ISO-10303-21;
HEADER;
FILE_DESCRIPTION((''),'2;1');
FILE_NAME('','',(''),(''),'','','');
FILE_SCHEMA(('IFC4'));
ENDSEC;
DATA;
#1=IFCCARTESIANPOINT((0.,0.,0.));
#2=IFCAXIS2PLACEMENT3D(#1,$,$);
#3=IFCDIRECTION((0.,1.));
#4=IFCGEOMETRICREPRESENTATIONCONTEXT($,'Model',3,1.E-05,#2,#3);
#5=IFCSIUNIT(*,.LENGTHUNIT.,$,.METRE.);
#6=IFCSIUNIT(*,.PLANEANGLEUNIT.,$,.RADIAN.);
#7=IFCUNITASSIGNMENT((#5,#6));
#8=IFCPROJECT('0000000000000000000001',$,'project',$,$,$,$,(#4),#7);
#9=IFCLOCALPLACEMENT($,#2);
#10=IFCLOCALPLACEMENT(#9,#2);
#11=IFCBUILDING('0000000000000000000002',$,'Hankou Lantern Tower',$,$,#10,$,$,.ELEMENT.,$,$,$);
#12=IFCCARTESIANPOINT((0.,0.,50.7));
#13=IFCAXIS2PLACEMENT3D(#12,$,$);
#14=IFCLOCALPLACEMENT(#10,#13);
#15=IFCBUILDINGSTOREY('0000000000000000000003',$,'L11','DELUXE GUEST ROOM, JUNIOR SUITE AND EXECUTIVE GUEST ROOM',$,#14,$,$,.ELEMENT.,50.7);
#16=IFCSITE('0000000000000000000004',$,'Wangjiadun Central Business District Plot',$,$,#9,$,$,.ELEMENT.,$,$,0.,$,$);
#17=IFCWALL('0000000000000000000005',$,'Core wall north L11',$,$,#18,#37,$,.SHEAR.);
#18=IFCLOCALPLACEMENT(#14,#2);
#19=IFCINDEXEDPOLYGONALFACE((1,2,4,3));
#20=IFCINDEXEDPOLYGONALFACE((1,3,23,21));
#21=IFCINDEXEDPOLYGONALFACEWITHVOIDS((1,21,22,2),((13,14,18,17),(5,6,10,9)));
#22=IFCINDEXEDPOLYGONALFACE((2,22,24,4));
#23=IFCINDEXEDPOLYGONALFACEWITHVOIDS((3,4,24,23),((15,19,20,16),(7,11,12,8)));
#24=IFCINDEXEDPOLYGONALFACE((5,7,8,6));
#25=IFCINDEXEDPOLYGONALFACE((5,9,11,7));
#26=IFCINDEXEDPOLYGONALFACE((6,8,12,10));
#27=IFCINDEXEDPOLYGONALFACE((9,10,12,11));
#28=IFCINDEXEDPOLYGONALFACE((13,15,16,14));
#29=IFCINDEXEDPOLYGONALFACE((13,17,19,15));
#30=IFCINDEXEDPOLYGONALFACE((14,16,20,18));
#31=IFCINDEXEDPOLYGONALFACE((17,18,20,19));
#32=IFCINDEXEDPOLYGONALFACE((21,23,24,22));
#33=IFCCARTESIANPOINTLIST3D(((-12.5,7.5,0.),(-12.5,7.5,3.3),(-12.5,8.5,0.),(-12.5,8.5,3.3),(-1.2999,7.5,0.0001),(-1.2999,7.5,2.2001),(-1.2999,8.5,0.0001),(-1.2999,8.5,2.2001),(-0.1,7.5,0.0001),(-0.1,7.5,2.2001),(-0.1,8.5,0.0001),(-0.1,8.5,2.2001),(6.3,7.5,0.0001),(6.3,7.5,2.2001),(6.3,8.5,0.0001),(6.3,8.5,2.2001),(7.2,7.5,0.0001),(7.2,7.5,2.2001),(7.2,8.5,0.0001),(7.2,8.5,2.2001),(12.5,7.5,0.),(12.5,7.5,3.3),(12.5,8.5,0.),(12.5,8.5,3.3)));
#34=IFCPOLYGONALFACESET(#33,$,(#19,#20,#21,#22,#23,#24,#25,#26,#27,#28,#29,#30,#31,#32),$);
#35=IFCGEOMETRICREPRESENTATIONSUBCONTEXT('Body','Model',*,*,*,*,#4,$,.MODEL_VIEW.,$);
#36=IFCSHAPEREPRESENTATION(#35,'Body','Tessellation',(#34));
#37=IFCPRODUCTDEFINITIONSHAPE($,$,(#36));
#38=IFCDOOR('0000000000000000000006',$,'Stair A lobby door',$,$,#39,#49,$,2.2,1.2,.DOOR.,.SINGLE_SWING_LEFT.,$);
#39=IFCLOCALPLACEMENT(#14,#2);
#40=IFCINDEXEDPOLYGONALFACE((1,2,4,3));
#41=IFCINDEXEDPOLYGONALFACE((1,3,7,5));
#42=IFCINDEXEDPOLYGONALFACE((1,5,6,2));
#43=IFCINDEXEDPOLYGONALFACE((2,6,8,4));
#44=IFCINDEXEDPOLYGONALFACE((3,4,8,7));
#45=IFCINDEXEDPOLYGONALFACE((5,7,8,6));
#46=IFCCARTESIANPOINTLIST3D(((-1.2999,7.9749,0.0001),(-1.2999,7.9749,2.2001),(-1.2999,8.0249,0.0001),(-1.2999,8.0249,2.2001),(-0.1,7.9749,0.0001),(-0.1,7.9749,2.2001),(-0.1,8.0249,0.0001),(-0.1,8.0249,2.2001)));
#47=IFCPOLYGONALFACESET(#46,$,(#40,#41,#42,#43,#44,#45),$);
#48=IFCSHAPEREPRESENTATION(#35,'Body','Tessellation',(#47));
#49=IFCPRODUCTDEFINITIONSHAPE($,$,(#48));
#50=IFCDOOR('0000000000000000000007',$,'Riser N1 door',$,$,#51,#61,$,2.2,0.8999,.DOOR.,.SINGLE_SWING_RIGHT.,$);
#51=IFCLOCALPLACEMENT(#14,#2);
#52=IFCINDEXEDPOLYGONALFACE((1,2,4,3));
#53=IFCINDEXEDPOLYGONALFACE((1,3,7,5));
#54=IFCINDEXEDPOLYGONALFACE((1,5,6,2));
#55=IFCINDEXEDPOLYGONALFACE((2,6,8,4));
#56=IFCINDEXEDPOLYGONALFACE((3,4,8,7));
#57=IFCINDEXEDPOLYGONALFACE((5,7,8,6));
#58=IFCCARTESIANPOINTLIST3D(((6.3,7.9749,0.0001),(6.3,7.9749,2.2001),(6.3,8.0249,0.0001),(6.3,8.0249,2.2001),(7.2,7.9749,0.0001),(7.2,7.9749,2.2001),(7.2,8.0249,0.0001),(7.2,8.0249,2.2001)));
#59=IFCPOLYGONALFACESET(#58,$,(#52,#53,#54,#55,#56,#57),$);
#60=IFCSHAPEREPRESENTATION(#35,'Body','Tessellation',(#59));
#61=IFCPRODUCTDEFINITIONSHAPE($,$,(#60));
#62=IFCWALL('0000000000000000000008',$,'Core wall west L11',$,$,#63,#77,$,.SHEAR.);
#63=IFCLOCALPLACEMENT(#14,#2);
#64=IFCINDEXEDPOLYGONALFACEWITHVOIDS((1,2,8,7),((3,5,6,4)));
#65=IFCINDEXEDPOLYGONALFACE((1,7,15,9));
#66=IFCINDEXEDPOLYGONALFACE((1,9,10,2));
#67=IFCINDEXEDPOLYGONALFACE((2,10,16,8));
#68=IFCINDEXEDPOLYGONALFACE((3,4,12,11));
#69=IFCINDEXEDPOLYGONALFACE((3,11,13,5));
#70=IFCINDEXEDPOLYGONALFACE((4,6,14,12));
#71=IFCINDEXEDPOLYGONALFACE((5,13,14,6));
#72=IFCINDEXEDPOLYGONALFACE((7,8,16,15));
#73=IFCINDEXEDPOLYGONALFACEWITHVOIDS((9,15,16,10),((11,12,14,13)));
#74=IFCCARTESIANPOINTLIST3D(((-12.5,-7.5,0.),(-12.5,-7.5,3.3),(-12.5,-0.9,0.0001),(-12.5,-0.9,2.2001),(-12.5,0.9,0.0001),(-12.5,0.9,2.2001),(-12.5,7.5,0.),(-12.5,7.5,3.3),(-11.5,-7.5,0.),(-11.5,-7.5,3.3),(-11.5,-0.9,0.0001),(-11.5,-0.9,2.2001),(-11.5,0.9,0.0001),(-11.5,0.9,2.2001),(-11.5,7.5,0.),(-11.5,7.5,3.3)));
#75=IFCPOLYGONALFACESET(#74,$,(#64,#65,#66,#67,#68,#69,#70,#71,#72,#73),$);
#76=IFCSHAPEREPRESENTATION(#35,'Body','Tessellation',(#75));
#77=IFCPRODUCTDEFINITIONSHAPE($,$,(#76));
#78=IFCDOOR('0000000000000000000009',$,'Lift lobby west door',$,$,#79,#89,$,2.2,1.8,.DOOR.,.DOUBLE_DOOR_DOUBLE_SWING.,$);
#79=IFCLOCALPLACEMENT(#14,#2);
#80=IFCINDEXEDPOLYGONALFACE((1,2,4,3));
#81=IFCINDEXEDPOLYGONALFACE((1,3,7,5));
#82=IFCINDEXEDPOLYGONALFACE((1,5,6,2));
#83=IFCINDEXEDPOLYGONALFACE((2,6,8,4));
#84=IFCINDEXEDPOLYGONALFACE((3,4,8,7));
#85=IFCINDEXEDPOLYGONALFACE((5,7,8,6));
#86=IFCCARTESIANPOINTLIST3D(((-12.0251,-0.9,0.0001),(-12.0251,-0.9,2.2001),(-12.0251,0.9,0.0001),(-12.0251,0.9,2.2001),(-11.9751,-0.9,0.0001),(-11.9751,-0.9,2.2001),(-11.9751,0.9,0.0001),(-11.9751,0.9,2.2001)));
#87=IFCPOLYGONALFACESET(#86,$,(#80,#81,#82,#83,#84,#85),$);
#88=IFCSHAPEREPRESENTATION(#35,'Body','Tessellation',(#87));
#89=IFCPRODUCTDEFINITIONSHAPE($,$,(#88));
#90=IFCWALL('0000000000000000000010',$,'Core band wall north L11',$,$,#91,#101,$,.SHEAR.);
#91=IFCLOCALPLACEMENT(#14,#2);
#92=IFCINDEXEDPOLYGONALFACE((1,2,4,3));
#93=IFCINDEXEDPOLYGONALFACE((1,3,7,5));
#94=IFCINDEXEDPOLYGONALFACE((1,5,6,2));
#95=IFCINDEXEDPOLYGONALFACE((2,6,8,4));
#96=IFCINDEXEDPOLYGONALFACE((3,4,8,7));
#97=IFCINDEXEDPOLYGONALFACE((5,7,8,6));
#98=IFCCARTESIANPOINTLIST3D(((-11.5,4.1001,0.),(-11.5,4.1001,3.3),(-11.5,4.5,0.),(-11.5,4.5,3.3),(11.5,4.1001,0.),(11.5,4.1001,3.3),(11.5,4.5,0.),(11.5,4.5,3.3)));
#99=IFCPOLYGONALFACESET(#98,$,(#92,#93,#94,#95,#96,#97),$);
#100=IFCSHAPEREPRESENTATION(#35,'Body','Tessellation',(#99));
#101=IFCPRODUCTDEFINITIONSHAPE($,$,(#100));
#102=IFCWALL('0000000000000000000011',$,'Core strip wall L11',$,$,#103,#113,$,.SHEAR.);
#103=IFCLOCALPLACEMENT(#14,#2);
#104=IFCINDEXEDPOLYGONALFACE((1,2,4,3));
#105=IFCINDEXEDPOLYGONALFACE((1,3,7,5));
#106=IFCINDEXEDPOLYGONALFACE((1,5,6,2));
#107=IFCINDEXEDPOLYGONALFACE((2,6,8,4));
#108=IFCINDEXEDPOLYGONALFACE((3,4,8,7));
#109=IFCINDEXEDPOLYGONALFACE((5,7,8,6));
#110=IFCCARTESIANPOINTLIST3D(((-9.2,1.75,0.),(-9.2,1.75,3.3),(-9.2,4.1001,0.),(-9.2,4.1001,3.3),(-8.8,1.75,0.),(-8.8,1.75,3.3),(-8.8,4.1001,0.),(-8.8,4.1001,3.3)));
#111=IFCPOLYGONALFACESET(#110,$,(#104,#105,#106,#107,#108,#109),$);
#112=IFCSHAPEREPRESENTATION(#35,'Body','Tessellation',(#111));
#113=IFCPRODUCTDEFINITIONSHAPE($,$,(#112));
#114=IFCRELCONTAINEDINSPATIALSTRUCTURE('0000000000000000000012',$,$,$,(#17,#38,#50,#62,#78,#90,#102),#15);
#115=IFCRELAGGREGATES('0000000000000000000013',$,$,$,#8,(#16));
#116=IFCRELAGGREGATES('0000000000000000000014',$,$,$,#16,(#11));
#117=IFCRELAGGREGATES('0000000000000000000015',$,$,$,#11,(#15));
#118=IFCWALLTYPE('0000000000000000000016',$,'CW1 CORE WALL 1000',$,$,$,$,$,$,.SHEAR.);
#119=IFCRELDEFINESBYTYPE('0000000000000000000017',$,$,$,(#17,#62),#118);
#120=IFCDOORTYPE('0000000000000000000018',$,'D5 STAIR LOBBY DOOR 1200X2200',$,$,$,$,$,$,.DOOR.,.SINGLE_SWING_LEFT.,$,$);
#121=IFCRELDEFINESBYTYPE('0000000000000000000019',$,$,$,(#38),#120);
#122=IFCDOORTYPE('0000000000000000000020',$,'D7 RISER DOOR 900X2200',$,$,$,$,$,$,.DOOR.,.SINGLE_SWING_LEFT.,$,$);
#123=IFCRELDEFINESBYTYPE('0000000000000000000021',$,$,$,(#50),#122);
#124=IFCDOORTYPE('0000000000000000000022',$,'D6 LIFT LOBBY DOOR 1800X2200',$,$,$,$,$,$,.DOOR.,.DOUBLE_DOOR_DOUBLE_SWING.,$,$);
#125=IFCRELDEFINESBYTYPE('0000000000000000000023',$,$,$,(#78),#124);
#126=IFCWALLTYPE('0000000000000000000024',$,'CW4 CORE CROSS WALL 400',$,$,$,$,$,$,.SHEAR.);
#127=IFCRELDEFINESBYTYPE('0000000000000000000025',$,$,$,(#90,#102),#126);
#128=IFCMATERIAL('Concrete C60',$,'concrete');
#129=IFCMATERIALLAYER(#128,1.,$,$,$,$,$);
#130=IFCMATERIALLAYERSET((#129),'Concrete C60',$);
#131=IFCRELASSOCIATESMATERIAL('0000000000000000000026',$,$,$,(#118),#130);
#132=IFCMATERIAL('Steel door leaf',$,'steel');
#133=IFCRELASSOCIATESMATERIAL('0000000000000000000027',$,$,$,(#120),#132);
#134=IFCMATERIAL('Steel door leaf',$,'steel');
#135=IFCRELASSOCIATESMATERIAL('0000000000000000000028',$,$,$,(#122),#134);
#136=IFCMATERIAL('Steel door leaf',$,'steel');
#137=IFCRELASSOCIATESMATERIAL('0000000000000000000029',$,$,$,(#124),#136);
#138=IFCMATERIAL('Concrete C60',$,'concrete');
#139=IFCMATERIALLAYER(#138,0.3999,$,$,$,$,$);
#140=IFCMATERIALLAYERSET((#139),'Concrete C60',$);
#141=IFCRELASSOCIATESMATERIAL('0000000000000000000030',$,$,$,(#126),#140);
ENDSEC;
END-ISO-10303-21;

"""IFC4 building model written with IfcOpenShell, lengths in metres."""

from ifc_helpers import new_model, si_unit, direction, frame, frame_2d, origin, place, context, subcontext, project, spatial, rectangle, extrude, material, layer, layer_set, type_object, element, fill, save


model = new_model("IFC4")

# Units and contexts
model_context = context("Model", 3, precision=1e-05, world=origin(), true_north=direction((0.0, 1.0)))
body_context = subcontext(model_context, "Body", "Model", "MODEL_VIEW")
ifc_project = project(units=[si_unit("LENGTHUNIT", "METRE"), si_unit("PLANEANGLEUNIT", "RADIAN")], contexts=[model_context])

# Site, building, storey
site_placement = place(None, origin())
site = spatial("IfcSite", under=ifc_project, at=site_placement, Name="Wangjiadun Central Business District Plot", CompositionType="ELEMENT", RefElevation=0.0)
building_placement = place(site_placement, origin())
building = spatial("IfcBuilding", under=site, at=building_placement, Name="Hankou Lantern Tower", CompositionType="ELEMENT")
storey_placement = place(building_placement, frame((0.0, 0.0, 50.7)))
storey = spatial("IfcBuildingStorey", under=building, at=storey_placement, Name="L11", Description="DELUXE GUEST ROOM, JUNIOR SUITE AND EXECUTIVE GUEST ROOM", CompositionType="ELEMENT", Elevation=50.7)

# Wall, openings, doors
ifc_material_1 = material(Name="Concrete C60", Category="concrete")
ifc_layer_1 = layer(ifc_material_1, 1.0)
ifc_layer_set_1 = layer_set([ifc_layer_1], Name="Concrete C60")
wall_type_1 = type_object("IfcWallType", Name="CW1 CORE WALL 1000", PredefinedType="SHEAR", material=ifc_layer_set_1)
wall_1_placement = place(storey_placement, frame((-12.5, 8.0, 0.0), z_axis=(0.0, 0.0, 1.0), x_axis=(1.0, 0.0, 0.0)))
wall_1 = element("IfcWall", 1, at=wall_1_placement, inside=storey, type_object=wall_type_1, Name="Core wall north L11", PredefinedType="SHEAR", context=body_context, shape_type="SweptSolid", body=[
    extrude(rectangle(XDim=25.0, YDim=1.0, at=frame_2d((12.5, 0.0))), origin(), (0.0, 0.0, 1.0), 3.3),
])
opening_1_placement = place(wall_1_placement, frame((11.2, 0.0, 0.0)))
opening_1 = element("IfcOpeningElement", 2, at=opening_1_placement, cuts=wall_1, PredefinedType="OPENING", context=body_context, shape_type="SweptSolid", body=[
    extrude(rectangle(XDim=1.2, YDim=2.2, at=frame_2d((0.6001, 1.1001))), frame((0.0, 0.51, 0.0), z_axis=(0.0, -1.0, 0.0), x_axis=(1.0, 0.0, 0.0)), (0.0, 0.0, 1.0), 1.02),
])
opening_2_placement = place(wall_1_placement, frame((18.8, 0.0, 0.0)))
opening_2 = element("IfcOpeningElement", 3, at=opening_2_placement, cuts=wall_1, PredefinedType="OPENING", context=body_context, shape_type="SweptSolid", body=[
    extrude(rectangle(XDim=0.8999, YDim=2.2, at=frame_2d((0.45, 1.1001))), frame((0.0, 0.51, 0.0), z_axis=(0.0, -1.0, 0.0), x_axis=(1.0, 0.0, 0.0)), (0.0, 0.0, 1.0), 1.02),
])
ifc_material_2 = material(Name="Steel door leaf", Category="steel")
door_type_1 = type_object("IfcDoorType", Name="D5 STAIR LOBBY DOOR 1200X2200", OperationType="SINGLE_SWING_LEFT", PredefinedType="DOOR", material=ifc_material_2)
door_1_placement = place(opening_1_placement, origin())
door_1 = element("IfcDoor", 4, at=door_1_placement, inside=storey, type_object=door_type_1, Name="Stair A lobby door", OperationType="SINGLE_SWING_LEFT", OverallHeight=2.2, OverallWidth=1.2, PredefinedType="DOOR", context=body_context, shape_type="SweptSolid", body=[
    extrude(rectangle(XDim=1.2, YDim=2.2, at=frame_2d((0.6001, 1.1001))), frame((0.0, 0.0249, 0.0), z_axis=(0.0, -1.0, 0.0), x_axis=(1.0, 0.0, 0.0)), (0.0, 0.0, 1.0), 0.05),
])
fill(opening_1, door_1)
ifc_material_3 = material(Name="Steel door leaf", Category="steel")
door_type_2 = type_object("IfcDoorType", Name="D7 RISER DOOR 900X2200", OperationType="SINGLE_SWING_LEFT", PredefinedType="DOOR", material=ifc_material_3)
door_2_placement = place(opening_2_placement, origin())
door_2 = element("IfcDoor", 5, at=door_2_placement, inside=storey, type_object=door_type_2, Name="Riser N1 door", OperationType="SINGLE_SWING_RIGHT", OverallHeight=2.2, OverallWidth=0.8999, PredefinedType="DOOR", context=body_context, shape_type="SweptSolid", body=[
    extrude(rectangle(XDim=0.8999, YDim=2.2, at=frame_2d((0.45, 1.1001))), frame((0.0, 0.0249, 0.0), z_axis=(0.0, -1.0, 0.0), x_axis=(1.0, 0.0, 0.0)), (0.0, 0.0, 1.0), 0.05),
])
fill(opening_2, door_2)

# Wall, opening, door
wall_2_placement = place(storey_placement, frame((-12.0, 7.5, 0.0), z_axis=(0.0, 0.0, 1.0), x_axis=(0.0, -1.0, 0.0)))
wall_2 = element("IfcWall", 6, at=wall_2_placement, inside=storey, type_object=wall_type_1, Name="Core wall west L11", PredefinedType="SHEAR", context=body_context, shape_type="SweptSolid", body=[
    extrude(rectangle(XDim=15.0, YDim=1.0, at=frame_2d((7.5, 0.0))), origin(), (0.0, 0.0, 1.0), 3.3),
])
opening_3_placement = place(wall_2_placement, frame((6.6001, 0.0, 0.0)))
opening_3 = element("IfcOpeningElement", 7, at=opening_3_placement, cuts=wall_2, PredefinedType="OPENING", context=body_context, shape_type="SweptSolid", body=[
    extrude(rectangle(XDim=1.8, YDim=2.2, at=frame_2d((0.8999, 1.1001))), frame((0.0, 0.51, 0.0), z_axis=(0.0, -1.0, 0.0), x_axis=(1.0, 0.0, 0.0)), (0.0, 0.0, 1.0), 1.02),
])
ifc_material_4 = material(Name="Steel door leaf", Category="steel")
door_type_3 = type_object("IfcDoorType", Name="D6 LIFT LOBBY DOOR 1800X2200", OperationType="DOUBLE_DOOR_DOUBLE_SWING", PredefinedType="DOOR", material=ifc_material_4)
door_3_placement = place(opening_3_placement, origin())
door_3 = element("IfcDoor", 8, at=door_3_placement, inside=storey, type_object=door_type_3, Name="Lift lobby west door", OperationType="DOUBLE_DOOR_DOUBLE_SWING", OverallHeight=2.2, OverallWidth=1.8, PredefinedType="DOOR", context=body_context, shape_type="SweptSolid", body=[
    extrude(rectangle(XDim=1.8, YDim=2.2, at=frame_2d((0.8999, 1.1001))), frame((0.0, 0.0249, 0.0), z_axis=(0.0, -1.0, 0.0), x_axis=(1.0, 0.0, 0.0)), (0.0, 0.0, 1.0), 0.05),
])
fill(opening_3, door_3)

# Walls
ifc_material_5 = material(Name="Concrete C60", Category="concrete")
ifc_layer_2 = layer(ifc_material_5, 0.3999)
ifc_layer_set_2 = layer_set([ifc_layer_2], Name="Concrete C60")
wall_type_2 = type_object("IfcWallType", Name="CW4 CORE CROSS WALL 400", PredefinedType="SHEAR", material=ifc_layer_set_2)
wall_3_placement = place(storey_placement, frame((-11.5, 4.3, 0.0), z_axis=(0.0, 0.0, 1.0), x_axis=(1.0, 0.0, 0.0)))
element("IfcWall", 9, at=wall_3_placement, inside=storey, type_object=wall_type_2, Name="Core band wall north L11", PredefinedType="SHEAR", context=body_context, shape_type="SweptSolid", body=[
    extrude(rectangle(XDim=23.0, YDim=0.3999, at=frame_2d((11.5, 0.0))), origin(), (0.0, 0.0, 1.0), 3.3),
])
wall_4_placement = place(storey_placement, frame((-9.0, 1.75, 0.0), z_axis=(0.0, 0.0, 1.0), x_axis=(0.0, 1.0, 0.0)))
element("IfcWall", 10, at=wall_4_placement, inside=storey, type_object=wall_type_2, Name="Core strip wall L11", PredefinedType="SHEAR", context=body_context, shape_type="SweptSolid", body=[
    extrude(rectangle(XDim=2.3501, YDim=0.3999, at=frame_2d((1.175, 0.0))), origin(), (0.0, 0.0, 1.0), 3.3),
])

save(model, "model.ifc")
